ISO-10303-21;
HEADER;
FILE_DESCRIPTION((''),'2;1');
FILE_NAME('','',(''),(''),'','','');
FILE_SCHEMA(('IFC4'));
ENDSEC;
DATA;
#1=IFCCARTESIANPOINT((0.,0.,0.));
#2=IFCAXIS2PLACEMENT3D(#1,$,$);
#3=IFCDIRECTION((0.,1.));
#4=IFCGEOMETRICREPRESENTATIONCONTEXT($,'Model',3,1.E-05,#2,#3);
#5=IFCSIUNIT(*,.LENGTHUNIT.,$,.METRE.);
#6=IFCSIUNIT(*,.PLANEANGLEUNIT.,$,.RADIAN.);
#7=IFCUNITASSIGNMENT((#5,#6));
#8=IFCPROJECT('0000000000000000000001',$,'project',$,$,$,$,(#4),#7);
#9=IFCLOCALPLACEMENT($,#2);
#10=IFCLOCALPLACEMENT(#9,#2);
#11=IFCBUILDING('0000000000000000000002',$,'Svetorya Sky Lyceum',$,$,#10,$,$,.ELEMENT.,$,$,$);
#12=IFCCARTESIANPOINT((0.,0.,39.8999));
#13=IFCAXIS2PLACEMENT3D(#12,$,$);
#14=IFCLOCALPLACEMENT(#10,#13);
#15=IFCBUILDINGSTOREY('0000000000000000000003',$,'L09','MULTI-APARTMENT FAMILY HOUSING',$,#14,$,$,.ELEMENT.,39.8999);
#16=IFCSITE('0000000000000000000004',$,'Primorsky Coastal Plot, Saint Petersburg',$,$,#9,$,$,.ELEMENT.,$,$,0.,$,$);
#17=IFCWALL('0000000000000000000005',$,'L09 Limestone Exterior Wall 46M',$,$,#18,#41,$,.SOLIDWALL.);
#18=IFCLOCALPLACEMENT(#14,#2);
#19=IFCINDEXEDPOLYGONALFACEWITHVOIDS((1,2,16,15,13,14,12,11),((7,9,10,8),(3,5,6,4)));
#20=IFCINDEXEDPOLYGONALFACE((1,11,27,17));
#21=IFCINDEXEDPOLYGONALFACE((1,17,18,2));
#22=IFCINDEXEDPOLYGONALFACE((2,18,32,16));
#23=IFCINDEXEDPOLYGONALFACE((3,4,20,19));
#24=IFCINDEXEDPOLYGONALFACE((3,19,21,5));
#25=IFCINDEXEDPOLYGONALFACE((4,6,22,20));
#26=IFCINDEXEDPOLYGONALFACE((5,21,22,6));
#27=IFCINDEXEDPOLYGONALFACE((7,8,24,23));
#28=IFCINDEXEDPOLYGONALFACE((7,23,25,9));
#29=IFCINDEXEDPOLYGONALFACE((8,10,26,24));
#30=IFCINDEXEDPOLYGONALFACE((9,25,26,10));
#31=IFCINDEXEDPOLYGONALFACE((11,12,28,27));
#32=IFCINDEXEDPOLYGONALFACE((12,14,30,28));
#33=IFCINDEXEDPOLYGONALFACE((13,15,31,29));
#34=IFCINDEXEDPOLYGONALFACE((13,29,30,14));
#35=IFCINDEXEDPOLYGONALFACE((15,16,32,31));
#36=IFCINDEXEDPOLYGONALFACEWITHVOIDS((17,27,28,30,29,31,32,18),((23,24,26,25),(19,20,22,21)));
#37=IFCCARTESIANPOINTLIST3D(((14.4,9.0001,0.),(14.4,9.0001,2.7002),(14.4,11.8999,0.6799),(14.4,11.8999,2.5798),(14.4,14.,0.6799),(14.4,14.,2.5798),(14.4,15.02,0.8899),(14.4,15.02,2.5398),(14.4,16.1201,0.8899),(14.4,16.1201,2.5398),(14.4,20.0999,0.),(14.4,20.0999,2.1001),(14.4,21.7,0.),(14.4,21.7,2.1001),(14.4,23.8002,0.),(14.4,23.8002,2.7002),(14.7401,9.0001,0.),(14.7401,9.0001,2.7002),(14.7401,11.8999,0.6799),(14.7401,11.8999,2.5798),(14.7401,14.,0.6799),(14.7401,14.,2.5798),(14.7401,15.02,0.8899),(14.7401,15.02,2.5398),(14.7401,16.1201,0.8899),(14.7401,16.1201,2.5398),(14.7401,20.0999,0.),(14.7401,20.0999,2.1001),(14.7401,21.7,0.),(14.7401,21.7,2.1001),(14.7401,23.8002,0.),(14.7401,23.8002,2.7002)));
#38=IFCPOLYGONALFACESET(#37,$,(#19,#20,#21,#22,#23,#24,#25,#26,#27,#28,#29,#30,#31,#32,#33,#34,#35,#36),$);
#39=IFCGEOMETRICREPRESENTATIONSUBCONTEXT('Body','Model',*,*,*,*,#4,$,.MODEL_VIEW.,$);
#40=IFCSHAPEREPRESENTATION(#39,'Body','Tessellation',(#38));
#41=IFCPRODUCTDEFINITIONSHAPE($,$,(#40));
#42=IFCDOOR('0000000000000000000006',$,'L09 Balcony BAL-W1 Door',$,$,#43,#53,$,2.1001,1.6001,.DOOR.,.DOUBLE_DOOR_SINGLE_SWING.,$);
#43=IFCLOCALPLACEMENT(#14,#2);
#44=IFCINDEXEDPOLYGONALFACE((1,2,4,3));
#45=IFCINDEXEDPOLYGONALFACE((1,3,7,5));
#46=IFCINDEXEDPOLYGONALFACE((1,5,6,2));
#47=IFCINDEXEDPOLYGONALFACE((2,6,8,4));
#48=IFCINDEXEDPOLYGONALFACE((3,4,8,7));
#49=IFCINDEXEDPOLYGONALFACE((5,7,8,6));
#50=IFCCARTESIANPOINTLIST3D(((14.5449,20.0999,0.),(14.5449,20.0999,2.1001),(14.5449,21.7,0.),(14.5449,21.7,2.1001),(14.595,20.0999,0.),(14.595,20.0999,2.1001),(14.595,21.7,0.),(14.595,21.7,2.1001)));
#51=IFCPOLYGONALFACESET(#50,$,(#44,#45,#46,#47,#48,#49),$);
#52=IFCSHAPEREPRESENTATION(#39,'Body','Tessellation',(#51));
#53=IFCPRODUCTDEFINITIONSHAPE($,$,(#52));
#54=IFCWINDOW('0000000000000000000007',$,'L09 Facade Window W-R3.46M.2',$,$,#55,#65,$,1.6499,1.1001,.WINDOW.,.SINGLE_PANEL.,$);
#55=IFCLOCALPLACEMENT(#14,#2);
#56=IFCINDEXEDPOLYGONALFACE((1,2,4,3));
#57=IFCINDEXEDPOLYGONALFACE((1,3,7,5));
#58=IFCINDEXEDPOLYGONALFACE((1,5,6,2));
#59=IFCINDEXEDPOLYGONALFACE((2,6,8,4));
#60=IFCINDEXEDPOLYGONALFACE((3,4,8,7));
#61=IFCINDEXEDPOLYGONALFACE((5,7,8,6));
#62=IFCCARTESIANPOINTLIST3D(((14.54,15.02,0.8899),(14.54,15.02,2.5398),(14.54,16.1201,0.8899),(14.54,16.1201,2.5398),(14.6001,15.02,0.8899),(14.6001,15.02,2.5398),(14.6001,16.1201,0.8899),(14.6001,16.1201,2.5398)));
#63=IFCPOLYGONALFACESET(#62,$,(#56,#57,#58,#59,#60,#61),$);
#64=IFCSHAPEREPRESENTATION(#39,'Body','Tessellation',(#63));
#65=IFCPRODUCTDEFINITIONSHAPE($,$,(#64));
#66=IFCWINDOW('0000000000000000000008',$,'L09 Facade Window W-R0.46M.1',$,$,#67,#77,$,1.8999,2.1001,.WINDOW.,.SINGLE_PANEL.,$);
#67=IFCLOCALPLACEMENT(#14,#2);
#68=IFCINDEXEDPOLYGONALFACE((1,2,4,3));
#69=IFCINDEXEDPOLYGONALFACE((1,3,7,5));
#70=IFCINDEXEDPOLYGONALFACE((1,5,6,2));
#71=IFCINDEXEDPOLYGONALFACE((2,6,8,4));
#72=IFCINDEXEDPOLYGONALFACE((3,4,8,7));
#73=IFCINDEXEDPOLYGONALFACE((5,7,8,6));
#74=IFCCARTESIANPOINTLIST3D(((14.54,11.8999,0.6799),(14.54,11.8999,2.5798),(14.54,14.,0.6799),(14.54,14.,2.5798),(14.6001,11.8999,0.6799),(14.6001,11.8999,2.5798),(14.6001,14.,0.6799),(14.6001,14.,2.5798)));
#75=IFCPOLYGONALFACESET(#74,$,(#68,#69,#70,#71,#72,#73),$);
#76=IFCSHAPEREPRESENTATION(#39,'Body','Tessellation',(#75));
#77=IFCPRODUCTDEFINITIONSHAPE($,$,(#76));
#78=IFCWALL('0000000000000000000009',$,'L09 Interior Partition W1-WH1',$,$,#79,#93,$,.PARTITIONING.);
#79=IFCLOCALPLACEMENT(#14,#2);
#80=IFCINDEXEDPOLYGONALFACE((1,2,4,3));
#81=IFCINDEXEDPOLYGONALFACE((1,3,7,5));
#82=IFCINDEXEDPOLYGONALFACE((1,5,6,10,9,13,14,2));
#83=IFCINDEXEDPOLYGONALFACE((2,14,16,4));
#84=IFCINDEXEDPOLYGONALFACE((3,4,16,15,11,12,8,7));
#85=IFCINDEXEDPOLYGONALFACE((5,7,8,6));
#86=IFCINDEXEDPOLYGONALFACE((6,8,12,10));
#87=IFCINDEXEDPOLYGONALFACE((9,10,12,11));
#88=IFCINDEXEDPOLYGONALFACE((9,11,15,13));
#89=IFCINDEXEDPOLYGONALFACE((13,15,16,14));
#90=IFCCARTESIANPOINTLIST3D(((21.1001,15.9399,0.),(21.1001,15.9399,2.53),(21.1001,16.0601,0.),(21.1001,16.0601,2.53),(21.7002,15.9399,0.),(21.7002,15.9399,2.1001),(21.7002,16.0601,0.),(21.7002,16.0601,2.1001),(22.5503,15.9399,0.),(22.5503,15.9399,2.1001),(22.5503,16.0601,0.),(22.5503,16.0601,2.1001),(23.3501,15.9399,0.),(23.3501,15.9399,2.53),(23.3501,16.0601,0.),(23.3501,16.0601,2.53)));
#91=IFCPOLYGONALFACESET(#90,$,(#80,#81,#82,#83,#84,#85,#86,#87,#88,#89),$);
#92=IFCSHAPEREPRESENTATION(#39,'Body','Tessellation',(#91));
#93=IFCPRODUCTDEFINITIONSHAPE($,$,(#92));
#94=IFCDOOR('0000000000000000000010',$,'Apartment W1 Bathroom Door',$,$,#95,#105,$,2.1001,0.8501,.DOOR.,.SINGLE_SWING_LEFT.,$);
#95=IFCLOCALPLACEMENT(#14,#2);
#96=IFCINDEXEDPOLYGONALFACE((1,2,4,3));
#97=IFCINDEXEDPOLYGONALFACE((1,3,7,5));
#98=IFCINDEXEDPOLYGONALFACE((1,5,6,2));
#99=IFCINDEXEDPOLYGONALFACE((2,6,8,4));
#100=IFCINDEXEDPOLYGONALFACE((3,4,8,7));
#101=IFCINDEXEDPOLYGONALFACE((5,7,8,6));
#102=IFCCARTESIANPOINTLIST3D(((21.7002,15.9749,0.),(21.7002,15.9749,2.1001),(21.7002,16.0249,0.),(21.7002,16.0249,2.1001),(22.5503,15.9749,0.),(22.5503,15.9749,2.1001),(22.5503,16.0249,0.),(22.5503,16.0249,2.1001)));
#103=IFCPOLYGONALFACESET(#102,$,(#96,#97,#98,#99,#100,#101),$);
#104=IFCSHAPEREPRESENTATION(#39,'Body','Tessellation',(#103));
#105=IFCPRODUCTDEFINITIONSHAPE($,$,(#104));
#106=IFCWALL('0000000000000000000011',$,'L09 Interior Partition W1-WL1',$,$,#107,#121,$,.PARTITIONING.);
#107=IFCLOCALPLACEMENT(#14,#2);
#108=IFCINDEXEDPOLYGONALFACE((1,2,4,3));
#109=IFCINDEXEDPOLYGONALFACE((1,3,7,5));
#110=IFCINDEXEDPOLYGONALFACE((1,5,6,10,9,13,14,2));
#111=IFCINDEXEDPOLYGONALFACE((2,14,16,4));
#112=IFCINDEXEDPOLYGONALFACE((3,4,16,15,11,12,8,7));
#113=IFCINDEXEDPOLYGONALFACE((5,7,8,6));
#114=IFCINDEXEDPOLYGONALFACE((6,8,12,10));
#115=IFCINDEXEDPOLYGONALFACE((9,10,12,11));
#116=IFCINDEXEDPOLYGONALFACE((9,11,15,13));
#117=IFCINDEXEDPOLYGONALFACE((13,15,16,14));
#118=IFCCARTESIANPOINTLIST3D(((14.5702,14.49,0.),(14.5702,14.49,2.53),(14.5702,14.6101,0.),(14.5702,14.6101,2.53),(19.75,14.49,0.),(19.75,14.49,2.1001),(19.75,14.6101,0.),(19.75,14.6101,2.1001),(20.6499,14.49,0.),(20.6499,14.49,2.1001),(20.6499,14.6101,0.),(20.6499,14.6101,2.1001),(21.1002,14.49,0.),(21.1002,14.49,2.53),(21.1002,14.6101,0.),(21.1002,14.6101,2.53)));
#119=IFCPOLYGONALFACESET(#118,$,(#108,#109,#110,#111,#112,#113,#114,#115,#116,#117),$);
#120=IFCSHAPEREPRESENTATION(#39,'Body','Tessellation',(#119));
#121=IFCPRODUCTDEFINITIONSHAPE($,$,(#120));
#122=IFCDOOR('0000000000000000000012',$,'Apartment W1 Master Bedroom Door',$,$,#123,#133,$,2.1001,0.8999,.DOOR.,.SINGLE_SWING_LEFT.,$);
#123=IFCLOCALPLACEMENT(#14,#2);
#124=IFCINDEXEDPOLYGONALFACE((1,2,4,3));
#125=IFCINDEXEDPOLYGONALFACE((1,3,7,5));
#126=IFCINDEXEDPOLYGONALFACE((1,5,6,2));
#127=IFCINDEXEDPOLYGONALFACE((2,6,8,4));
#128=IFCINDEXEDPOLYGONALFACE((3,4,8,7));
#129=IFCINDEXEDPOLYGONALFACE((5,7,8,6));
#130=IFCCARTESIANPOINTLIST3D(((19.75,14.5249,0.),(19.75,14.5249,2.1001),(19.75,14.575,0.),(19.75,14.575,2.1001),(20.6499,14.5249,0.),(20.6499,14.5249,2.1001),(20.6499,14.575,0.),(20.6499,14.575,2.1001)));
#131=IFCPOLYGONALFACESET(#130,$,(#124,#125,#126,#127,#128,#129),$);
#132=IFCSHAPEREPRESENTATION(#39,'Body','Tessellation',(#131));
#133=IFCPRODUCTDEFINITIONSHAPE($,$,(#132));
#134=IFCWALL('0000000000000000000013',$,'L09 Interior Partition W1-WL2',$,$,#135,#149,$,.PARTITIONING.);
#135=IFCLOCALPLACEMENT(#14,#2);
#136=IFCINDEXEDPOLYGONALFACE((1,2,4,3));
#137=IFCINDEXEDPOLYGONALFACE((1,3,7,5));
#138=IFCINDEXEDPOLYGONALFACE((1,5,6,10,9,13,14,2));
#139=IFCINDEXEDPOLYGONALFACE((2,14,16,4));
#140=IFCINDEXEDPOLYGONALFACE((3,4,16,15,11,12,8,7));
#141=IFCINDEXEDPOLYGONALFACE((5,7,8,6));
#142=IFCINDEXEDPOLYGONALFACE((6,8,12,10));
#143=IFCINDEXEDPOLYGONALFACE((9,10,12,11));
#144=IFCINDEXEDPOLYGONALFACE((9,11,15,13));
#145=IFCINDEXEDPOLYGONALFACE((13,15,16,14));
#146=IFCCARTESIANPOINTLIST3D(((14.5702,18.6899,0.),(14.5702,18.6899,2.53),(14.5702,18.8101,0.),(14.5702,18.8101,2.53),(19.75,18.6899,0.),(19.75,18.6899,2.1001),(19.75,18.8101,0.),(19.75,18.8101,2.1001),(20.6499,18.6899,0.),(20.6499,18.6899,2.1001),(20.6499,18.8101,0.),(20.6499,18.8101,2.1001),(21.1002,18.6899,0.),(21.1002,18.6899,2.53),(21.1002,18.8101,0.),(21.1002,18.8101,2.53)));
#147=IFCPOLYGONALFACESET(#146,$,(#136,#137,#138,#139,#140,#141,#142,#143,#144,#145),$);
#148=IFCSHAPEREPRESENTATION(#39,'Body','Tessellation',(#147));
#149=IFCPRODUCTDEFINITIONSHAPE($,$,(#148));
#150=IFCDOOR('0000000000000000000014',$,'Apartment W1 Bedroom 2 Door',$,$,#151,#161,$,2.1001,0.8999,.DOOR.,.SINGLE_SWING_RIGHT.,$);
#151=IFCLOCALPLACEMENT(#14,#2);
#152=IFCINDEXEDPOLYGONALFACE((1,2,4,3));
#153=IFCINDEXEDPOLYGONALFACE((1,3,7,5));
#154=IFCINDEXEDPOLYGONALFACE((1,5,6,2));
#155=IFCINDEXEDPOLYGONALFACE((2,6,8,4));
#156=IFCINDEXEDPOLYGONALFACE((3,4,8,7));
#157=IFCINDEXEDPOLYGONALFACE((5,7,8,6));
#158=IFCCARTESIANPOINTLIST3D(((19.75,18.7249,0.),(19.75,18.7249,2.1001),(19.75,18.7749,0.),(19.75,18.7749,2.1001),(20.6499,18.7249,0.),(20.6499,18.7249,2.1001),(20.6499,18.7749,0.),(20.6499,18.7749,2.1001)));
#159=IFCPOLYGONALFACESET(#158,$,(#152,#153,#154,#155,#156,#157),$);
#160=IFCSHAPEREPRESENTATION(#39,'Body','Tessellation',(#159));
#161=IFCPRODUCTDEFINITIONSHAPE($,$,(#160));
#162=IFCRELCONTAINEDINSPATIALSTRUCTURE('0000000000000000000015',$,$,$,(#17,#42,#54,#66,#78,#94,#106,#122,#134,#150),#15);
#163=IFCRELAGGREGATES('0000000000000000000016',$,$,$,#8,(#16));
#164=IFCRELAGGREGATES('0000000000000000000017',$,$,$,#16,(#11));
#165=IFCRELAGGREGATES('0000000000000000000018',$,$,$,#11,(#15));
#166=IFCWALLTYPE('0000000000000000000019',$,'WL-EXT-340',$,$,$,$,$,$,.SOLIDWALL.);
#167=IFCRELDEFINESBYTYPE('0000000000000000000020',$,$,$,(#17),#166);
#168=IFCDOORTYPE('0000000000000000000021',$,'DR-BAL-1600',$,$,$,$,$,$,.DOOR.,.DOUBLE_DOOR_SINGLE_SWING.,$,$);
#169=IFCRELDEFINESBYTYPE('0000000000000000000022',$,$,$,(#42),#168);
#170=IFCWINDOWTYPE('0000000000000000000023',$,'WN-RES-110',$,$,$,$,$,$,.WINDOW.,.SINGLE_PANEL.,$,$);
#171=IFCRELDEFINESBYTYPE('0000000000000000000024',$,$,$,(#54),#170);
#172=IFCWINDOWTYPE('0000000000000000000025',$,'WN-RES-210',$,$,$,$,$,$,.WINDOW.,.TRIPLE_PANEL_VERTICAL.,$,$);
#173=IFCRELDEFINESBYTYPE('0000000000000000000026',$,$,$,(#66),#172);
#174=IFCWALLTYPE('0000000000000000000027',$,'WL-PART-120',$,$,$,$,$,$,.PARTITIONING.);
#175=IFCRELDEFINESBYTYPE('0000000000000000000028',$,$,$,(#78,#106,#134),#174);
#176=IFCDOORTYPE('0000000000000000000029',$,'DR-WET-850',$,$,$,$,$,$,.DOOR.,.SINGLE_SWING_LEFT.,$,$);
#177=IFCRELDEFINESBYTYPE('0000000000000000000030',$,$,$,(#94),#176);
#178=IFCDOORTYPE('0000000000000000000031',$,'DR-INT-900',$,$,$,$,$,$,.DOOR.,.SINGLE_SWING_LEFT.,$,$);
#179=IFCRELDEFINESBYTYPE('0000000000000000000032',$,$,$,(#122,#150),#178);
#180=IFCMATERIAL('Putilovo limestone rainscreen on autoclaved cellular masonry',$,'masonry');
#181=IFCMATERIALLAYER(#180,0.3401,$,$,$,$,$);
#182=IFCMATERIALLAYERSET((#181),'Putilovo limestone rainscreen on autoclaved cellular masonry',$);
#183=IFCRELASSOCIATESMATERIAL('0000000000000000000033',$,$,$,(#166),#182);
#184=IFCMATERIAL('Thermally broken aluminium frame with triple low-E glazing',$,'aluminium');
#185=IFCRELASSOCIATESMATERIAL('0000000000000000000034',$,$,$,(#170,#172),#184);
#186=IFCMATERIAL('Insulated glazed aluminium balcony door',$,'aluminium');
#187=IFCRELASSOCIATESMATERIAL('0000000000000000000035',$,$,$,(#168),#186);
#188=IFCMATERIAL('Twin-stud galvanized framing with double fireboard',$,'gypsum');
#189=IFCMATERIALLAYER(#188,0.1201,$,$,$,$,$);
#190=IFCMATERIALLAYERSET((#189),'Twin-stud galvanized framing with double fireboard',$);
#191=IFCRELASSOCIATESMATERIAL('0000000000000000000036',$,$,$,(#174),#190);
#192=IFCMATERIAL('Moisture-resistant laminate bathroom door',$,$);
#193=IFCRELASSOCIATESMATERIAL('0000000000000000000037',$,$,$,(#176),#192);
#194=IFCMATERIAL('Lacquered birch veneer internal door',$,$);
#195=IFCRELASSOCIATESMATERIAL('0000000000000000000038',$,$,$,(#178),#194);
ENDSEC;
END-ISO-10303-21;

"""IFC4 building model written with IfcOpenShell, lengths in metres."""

from ifc_helpers import new_model, si_unit, direction, frame, frame_2d, origin, place, context, subcontext, project, spatial, rectangle, extrude, material, layer, layer_set, type_object, element, fill, save


model = new_model("IFC4")

# Units and contexts
model_context = context("Model", 3, precision=1e-05, world=origin(), true_north=direction((0.0, 1.0)))
body_context = subcontext(model_context, "Body", "Model", "MODEL_VIEW")
ifc_project = project(units=[si_unit("LENGTHUNIT", "METRE"), si_unit("PLANEANGLEUNIT", "RADIAN")], contexts=[model_context])

# Site, building, storey
site_placement = place(None, origin())
site = spatial("IfcSite", under=ifc_project, at=site_placement, Name="Primorsky Coastal Plot, Saint Petersburg", CompositionType="ELEMENT", RefElevation=0.0)
building_placement = place(site_placement, origin())
building = spatial("IfcBuilding", under=site, at=building_placement, Name="Svetorya Sky Lyceum", CompositionType="ELEMENT")
storey_placement = place(building_placement, frame((0.0, 0.0, 39.8999)))
storey = spatial("IfcBuildingStorey", under=building, at=storey_placement, Name="L09", Description="MULTI-APARTMENT FAMILY HOUSING", CompositionType="ELEMENT", Elevation=39.8999)

# Shared definitions
ifc_material_1 = material(Name="Putilovo limestone rainscreen on autoclaved cellular masonry", Category="masonry")
ifc_layer_1 = layer(ifc_material_1, 0.3401)
ifc_layer_set_1 = layer_set([ifc_layer_1], Name="Putilovo limestone rainscreen on autoclaved cellular masonry")
wall_type_1 = type_object("IfcWallType", Name="WL-EXT-340", PredefinedType="SOLIDWALL", material=ifc_layer_set_1)

# Shared definitions
ifc_material_2 = material(Name="Thermally broken aluminium frame with triple low-E glazing", Category="aluminium")
window_type_1 = type_object("IfcWindowType", Name="WN-RES-110", PartitioningType="SINGLE_PANEL", PredefinedType="WINDOW", material=ifc_material_2)

# Wall, openings, door, windows
wall_1_placement = place(storey_placement, frame((14.5701, 23.8, 0.0), z_axis=(0.0, 0.0, 1.0), x_axis=(0.0, -1.0, 0.0)))
wall_1 = element("IfcWall", 1, at=wall_1_placement, inside=storey, type_object=wall_type_1, Name="L09 Limestone Exterior Wall 46M", PredefinedType="SOLIDWALL", context=body_context, shape_type="SweptSolid", body=[
    extrude(rectangle(XDim=14.8, YDim=0.3401, at=frame_2d((7.3999, 0.0))), origin(), (0.0, 0.0, 1.0), 2.7002),
])
opening_1_placement = place(wall_1_placement, frame((2.1001, 0.0, 0.0)))
opening_1 = element("IfcOpeningElement", 2, at=opening_1_placement, cuts=wall_1, PredefinedType="OPENING", context=body_context, shape_type="SweptSolid", body=[
    extrude(rectangle(XDim=1.6001, YDim=2.1001, at=frame_2d((0.8, 1.05))), frame((0.0, 0.1799, 0.0), z_axis=(0.0, -1.0, 0.0), x_axis=(1.0, 0.0, 0.0)), (0.0, 0.0, 1.0), 0.3601),
])
opening_2_placement = place(wall_1_placement, frame((7.6799, 0.0, 0.8899)))
opening_2 = element("IfcOpeningElement", 3, at=opening_2_placement, cuts=wall_1, PredefinedType="OPENING", context=body_context, shape_type="SweptSolid", body=[
    extrude(rectangle(XDim=1.1001, YDim=1.6499, at=frame_2d((0.55, 0.825))), frame((0.0, 0.1799, 0.0), z_axis=(0.0, -1.0, 0.0), x_axis=(1.0, 0.0, 0.0)), (0.0, 0.0, 1.0), 0.3601),
])
opening_3_placement = place(wall_1_placement, frame((9.8, 0.0, 0.6799)))
opening_3 = element("IfcOpeningElement", 4, at=opening_3_placement, cuts=wall_1, PredefinedType="OPENING", context=body_context, shape_type="SweptSolid", body=[
    extrude(rectangle(XDim=2.1001, YDim=1.8999, at=frame_2d((1.05, 0.95))), frame((0.0, 0.1799, 0.0), z_axis=(0.0, -1.0, 0.0), x_axis=(1.0, 0.0, 0.0)), (0.0, 0.0, 1.0), 0.3601),
])
ifc_material_3 = material(Name="Insulated glazed aluminium balcony door", Category="aluminium")
door_type_1 = type_object("IfcDoorType", Name="DR-BAL-1600", OperationType="DOUBLE_DOOR_SINGLE_SWING", PredefinedType="DOOR", material=ifc_material_3)
door_1_placement = place(opening_1_placement, origin())
door_1 = element("IfcDoor", 5, at=door_1_placement, inside=storey, type_object=door_type_1, Name="L09 Balcony BAL-W1 Door", OperationType="DOUBLE_DOOR_SINGLE_SWING", OverallHeight=2.1001, OverallWidth=1.6001, PredefinedType="DOOR", context=body_context, shape_type="SweptSolid", body=[
    extrude(rectangle(XDim=1.6001, YDim=2.1001, at=frame_2d((0.8, 1.05))), frame((0.0, 0.0249, 0.0), z_axis=(0.0, -1.0, 0.0), x_axis=(1.0, 0.0, 0.0)), (0.0, 0.0, 1.0), 0.05),
])
fill(opening_1, door_1)
window_1_placement = place(opening_2_placement, origin())
window_1 = element("IfcWindow", 6, at=window_1_placement, inside=storey, type_object=window_type_1, Name="L09 Facade Window W-R3.46M.2", OverallHeight=1.6499, OverallWidth=1.1001, PartitioningType="SINGLE_PANEL", PredefinedType="WINDOW", context=body_context, shape_type="SweptSolid", body=[
    extrude(rectangle(XDim=1.1001, YDim=1.6499, at=frame_2d((0.55, 0.825))), frame((0.0, 0.03, 0.0), z_axis=(0.0, -1.0, 0.0), x_axis=(1.0, 0.0, 0.0)), (0.0, 0.0, 1.0), 0.0601),
])
fill(opening_2, window_1)
window_type_2 = type_object("IfcWindowType", Name="WN-RES-210", PartitioningType="TRIPLE_PANEL_VERTICAL", PredefinedType="WINDOW", material=ifc_material_2)
window_2_placement = place(opening_3_placement, origin())
window_2 = element("IfcWindow", 7, at=window_2_placement, inside=storey, type_object=window_type_2, Name="L09 Facade Window W-R0.46M.1", OverallHeight=1.8999, OverallWidth=2.1001, PartitioningType="SINGLE_PANEL", PredefinedType="WINDOW", context=body_context, shape_type="SweptSolid", body=[
    extrude(rectangle(XDim=2.1001, YDim=1.8999, at=frame_2d((1.05, 0.95))), frame((0.0, 0.03, 0.0), z_axis=(0.0, -1.0, 0.0), x_axis=(1.0, 0.0, 0.0)), (0.0, 0.0, 1.0), 0.0601),
])
fill(opening_3, window_2)

# Walls, openings, doors
ifc_material_4 = material(Name="Twin-stud galvanized framing with double fireboard", Category="gypsum")
ifc_layer_2 = layer(ifc_material_4, 0.1201)
ifc_layer_set_2 = layer_set([ifc_layer_2], Name="Twin-stud galvanized framing with double fireboard")
wall_type_2 = type_object("IfcWallType", Name="WL-PART-120", PredefinedType="PARTITIONING", material=ifc_layer_set_2)
wall_2_placement = place(storey_placement, frame((21.1001, 16.0, 0.0), z_axis=(0.0, 0.0, 1.0), x_axis=(1.0, 0.0, 0.0)))
wall_2 = element("IfcWall", 8, at=wall_2_placement, inside=storey, type_object=wall_type_2, Name="L09 Interior Partition W1-WH1", PredefinedType="PARTITIONING", context=body_context, shape_type="SweptSolid", body=[
    extrude(rectangle(XDim=2.25, YDim=0.1201, at=frame_2d((1.125, 0.0))), origin(), (0.0, 0.0, 1.0), 2.53),
])
opening_4_placement = place(wall_2_placement, frame((0.6001, 0.0, 0.0)))
opening_4 = element("IfcOpeningElement", 9, at=opening_4_placement, cuts=wall_2, PredefinedType="OPENING", context=body_context, shape_type="SweptSolid", body=[
    extrude(rectangle(XDim=0.8501, YDim=2.1001, at=frame_2d((0.425, 1.05))), frame((0.0, 0.0701, 0.0), z_axis=(0.0, -1.0, 0.0), x_axis=(1.0, 0.0, 0.0)), (0.0, 0.0, 1.0), 0.1401),
])
ifc_material_5 = material(Name="Moisture-resistant laminate bathroom door")
door_type_2 = type_object("IfcDoorType", Name="DR-WET-850", OperationType="SINGLE_SWING_LEFT", PredefinedType="DOOR", material=ifc_material_5)
door_2_placement = place(opening_4_placement, origin())
door_2 = element("IfcDoor", 10, at=door_2_placement, inside=storey, type_object=door_type_2, Name="Apartment W1 Bathroom Door", OperationType="SINGLE_SWING_LEFT", OverallHeight=2.1001, OverallWidth=0.8501, PredefinedType="DOOR", context=body_context, shape_type="SweptSolid", body=[
    extrude(rectangle(XDim=0.8501, YDim=2.1001, at=frame_2d((0.425, 1.05))), frame((0.0, 0.0249, 0.0), z_axis=(0.0, -1.0, 0.0), x_axis=(1.0, 0.0, 0.0)), (0.0, 0.0, 1.0), 0.05),
])
fill(opening_4, door_2)
wall_3_placement = place(storey_placement, frame((14.5701, 14.55, 0.0), z_axis=(0.0, 0.0, 1.0), x_axis=(1.0, 0.0, 0.0)))
wall_3 = element("IfcWall", 11, at=wall_3_placement, inside=storey, type_object=wall_type_2, Name="L09 Interior Partition W1-WL1", PredefinedType="PARTITIONING", context=body_context, shape_type="SweptSolid", body=[
    extrude(rectangle(XDim=6.53, YDim=0.1201, at=frame_2d((3.2651, 0.0))), origin(), (0.0, 0.0, 1.0), 2.53),
])
opening_5_placement = place(wall_3_placement, frame((5.1799, 0.0, 0.0)))
opening_5 = element("IfcOpeningElement", 12, at=opening_5_placement, cuts=wall_3, PredefinedType="OPENING", context=body_context, shape_type="SweptSolid", body=[
    extrude(rectangle(XDim=0.8999, YDim=2.1001, at=frame_2d((0.45, 1.05))), frame((0.0, 0.0701, 0.0), z_axis=(0.0, -1.0, 0.0), x_axis=(1.0, 0.0, 0.0)), (0.0, 0.0, 1.0), 0.1401),
])
ifc_material_6 = material(Name="Lacquered birch veneer internal door")
door_type_3 = type_object("IfcDoorType", Name="DR-INT-900", OperationType="SINGLE_SWING_LEFT", PredefinedType="DOOR", material=ifc_material_6)
door_3_placement = place(opening_5_placement, origin())
door_3 = element("IfcDoor", 13, at=door_3_placement, inside=storey, type_object=door_type_3, Name="Apartment W1 Master Bedroom Door", OperationType="SINGLE_SWING_LEFT", OverallHeight=2.1001, OverallWidth=0.8999, PredefinedType="DOOR", context=body_context, shape_type="SweptSolid", body=[
    extrude(rectangle(XDim=0.8999, YDim=2.1001, at=frame_2d((0.45, 1.05))), frame((0.0, 0.0249, 0.0), z_axis=(0.0, -1.0, 0.0), x_axis=(1.0, 0.0, 0.0)), (0.0, 0.0, 1.0), 0.05),
])
fill(opening_5, door_3)
wall_4_placement = place(storey_placement, frame((14.5701, 18.75, 0.0), z_axis=(0.0, 0.0, 1.0), x_axis=(1.0, 0.0, 0.0)))
wall_4 = element("IfcWall", 14, at=wall_4_placement, inside=storey, type_object=wall_type_2, Name="L09 Interior Partition W1-WL2", PredefinedType="PARTITIONING", context=body_context, shape_type="SweptSolid", body=[
    extrude(rectangle(XDim=6.53, YDim=0.1201, at=frame_2d((3.2651, 0.0))), origin(), (0.0, 0.0, 1.0), 2.53),
])
opening_6_placement = place(wall_4_placement, frame((5.1799, 0.0, 0.0)))
opening_6 = element("IfcOpeningElement", 15, at=opening_6_placement, cuts=wall_4, PredefinedType="OPENING", context=body_context, shape_type="SweptSolid", body=[
    extrude(rectangle(XDim=0.8999, YDim=2.1001, at=frame_2d((0.45, 1.05))), frame((0.0, 0.0701, 0.0), z_axis=(0.0, -1.0, 0.0), x_axis=(1.0, 0.0, 0.0)), (0.0, 0.0, 1.0), 0.1401),
])
door_4_placement = place(opening_6_placement, origin())
door_4 = element("IfcDoor", 16, at=door_4_placement, inside=storey, type_object=door_type_3, Name="Apartment W1 Bedroom 2 Door", OperationType="SINGLE_SWING_RIGHT", OverallHeight=2.1001, OverallWidth=0.8999, PredefinedType="DOOR", context=body_context, shape_type="SweptSolid", body=[
    extrude(rectangle(XDim=0.8999, YDim=2.1001, at=frame_2d((0.45, 1.05))), frame((0.0, 0.0249, 0.0), z_axis=(0.0, -1.0, 0.0), x_axis=(1.0, 0.0, 0.0)), (0.0, 0.0, 1.0), 0.05),
])
fill(opening_6, door_4)

save(model, "model.ifc")
